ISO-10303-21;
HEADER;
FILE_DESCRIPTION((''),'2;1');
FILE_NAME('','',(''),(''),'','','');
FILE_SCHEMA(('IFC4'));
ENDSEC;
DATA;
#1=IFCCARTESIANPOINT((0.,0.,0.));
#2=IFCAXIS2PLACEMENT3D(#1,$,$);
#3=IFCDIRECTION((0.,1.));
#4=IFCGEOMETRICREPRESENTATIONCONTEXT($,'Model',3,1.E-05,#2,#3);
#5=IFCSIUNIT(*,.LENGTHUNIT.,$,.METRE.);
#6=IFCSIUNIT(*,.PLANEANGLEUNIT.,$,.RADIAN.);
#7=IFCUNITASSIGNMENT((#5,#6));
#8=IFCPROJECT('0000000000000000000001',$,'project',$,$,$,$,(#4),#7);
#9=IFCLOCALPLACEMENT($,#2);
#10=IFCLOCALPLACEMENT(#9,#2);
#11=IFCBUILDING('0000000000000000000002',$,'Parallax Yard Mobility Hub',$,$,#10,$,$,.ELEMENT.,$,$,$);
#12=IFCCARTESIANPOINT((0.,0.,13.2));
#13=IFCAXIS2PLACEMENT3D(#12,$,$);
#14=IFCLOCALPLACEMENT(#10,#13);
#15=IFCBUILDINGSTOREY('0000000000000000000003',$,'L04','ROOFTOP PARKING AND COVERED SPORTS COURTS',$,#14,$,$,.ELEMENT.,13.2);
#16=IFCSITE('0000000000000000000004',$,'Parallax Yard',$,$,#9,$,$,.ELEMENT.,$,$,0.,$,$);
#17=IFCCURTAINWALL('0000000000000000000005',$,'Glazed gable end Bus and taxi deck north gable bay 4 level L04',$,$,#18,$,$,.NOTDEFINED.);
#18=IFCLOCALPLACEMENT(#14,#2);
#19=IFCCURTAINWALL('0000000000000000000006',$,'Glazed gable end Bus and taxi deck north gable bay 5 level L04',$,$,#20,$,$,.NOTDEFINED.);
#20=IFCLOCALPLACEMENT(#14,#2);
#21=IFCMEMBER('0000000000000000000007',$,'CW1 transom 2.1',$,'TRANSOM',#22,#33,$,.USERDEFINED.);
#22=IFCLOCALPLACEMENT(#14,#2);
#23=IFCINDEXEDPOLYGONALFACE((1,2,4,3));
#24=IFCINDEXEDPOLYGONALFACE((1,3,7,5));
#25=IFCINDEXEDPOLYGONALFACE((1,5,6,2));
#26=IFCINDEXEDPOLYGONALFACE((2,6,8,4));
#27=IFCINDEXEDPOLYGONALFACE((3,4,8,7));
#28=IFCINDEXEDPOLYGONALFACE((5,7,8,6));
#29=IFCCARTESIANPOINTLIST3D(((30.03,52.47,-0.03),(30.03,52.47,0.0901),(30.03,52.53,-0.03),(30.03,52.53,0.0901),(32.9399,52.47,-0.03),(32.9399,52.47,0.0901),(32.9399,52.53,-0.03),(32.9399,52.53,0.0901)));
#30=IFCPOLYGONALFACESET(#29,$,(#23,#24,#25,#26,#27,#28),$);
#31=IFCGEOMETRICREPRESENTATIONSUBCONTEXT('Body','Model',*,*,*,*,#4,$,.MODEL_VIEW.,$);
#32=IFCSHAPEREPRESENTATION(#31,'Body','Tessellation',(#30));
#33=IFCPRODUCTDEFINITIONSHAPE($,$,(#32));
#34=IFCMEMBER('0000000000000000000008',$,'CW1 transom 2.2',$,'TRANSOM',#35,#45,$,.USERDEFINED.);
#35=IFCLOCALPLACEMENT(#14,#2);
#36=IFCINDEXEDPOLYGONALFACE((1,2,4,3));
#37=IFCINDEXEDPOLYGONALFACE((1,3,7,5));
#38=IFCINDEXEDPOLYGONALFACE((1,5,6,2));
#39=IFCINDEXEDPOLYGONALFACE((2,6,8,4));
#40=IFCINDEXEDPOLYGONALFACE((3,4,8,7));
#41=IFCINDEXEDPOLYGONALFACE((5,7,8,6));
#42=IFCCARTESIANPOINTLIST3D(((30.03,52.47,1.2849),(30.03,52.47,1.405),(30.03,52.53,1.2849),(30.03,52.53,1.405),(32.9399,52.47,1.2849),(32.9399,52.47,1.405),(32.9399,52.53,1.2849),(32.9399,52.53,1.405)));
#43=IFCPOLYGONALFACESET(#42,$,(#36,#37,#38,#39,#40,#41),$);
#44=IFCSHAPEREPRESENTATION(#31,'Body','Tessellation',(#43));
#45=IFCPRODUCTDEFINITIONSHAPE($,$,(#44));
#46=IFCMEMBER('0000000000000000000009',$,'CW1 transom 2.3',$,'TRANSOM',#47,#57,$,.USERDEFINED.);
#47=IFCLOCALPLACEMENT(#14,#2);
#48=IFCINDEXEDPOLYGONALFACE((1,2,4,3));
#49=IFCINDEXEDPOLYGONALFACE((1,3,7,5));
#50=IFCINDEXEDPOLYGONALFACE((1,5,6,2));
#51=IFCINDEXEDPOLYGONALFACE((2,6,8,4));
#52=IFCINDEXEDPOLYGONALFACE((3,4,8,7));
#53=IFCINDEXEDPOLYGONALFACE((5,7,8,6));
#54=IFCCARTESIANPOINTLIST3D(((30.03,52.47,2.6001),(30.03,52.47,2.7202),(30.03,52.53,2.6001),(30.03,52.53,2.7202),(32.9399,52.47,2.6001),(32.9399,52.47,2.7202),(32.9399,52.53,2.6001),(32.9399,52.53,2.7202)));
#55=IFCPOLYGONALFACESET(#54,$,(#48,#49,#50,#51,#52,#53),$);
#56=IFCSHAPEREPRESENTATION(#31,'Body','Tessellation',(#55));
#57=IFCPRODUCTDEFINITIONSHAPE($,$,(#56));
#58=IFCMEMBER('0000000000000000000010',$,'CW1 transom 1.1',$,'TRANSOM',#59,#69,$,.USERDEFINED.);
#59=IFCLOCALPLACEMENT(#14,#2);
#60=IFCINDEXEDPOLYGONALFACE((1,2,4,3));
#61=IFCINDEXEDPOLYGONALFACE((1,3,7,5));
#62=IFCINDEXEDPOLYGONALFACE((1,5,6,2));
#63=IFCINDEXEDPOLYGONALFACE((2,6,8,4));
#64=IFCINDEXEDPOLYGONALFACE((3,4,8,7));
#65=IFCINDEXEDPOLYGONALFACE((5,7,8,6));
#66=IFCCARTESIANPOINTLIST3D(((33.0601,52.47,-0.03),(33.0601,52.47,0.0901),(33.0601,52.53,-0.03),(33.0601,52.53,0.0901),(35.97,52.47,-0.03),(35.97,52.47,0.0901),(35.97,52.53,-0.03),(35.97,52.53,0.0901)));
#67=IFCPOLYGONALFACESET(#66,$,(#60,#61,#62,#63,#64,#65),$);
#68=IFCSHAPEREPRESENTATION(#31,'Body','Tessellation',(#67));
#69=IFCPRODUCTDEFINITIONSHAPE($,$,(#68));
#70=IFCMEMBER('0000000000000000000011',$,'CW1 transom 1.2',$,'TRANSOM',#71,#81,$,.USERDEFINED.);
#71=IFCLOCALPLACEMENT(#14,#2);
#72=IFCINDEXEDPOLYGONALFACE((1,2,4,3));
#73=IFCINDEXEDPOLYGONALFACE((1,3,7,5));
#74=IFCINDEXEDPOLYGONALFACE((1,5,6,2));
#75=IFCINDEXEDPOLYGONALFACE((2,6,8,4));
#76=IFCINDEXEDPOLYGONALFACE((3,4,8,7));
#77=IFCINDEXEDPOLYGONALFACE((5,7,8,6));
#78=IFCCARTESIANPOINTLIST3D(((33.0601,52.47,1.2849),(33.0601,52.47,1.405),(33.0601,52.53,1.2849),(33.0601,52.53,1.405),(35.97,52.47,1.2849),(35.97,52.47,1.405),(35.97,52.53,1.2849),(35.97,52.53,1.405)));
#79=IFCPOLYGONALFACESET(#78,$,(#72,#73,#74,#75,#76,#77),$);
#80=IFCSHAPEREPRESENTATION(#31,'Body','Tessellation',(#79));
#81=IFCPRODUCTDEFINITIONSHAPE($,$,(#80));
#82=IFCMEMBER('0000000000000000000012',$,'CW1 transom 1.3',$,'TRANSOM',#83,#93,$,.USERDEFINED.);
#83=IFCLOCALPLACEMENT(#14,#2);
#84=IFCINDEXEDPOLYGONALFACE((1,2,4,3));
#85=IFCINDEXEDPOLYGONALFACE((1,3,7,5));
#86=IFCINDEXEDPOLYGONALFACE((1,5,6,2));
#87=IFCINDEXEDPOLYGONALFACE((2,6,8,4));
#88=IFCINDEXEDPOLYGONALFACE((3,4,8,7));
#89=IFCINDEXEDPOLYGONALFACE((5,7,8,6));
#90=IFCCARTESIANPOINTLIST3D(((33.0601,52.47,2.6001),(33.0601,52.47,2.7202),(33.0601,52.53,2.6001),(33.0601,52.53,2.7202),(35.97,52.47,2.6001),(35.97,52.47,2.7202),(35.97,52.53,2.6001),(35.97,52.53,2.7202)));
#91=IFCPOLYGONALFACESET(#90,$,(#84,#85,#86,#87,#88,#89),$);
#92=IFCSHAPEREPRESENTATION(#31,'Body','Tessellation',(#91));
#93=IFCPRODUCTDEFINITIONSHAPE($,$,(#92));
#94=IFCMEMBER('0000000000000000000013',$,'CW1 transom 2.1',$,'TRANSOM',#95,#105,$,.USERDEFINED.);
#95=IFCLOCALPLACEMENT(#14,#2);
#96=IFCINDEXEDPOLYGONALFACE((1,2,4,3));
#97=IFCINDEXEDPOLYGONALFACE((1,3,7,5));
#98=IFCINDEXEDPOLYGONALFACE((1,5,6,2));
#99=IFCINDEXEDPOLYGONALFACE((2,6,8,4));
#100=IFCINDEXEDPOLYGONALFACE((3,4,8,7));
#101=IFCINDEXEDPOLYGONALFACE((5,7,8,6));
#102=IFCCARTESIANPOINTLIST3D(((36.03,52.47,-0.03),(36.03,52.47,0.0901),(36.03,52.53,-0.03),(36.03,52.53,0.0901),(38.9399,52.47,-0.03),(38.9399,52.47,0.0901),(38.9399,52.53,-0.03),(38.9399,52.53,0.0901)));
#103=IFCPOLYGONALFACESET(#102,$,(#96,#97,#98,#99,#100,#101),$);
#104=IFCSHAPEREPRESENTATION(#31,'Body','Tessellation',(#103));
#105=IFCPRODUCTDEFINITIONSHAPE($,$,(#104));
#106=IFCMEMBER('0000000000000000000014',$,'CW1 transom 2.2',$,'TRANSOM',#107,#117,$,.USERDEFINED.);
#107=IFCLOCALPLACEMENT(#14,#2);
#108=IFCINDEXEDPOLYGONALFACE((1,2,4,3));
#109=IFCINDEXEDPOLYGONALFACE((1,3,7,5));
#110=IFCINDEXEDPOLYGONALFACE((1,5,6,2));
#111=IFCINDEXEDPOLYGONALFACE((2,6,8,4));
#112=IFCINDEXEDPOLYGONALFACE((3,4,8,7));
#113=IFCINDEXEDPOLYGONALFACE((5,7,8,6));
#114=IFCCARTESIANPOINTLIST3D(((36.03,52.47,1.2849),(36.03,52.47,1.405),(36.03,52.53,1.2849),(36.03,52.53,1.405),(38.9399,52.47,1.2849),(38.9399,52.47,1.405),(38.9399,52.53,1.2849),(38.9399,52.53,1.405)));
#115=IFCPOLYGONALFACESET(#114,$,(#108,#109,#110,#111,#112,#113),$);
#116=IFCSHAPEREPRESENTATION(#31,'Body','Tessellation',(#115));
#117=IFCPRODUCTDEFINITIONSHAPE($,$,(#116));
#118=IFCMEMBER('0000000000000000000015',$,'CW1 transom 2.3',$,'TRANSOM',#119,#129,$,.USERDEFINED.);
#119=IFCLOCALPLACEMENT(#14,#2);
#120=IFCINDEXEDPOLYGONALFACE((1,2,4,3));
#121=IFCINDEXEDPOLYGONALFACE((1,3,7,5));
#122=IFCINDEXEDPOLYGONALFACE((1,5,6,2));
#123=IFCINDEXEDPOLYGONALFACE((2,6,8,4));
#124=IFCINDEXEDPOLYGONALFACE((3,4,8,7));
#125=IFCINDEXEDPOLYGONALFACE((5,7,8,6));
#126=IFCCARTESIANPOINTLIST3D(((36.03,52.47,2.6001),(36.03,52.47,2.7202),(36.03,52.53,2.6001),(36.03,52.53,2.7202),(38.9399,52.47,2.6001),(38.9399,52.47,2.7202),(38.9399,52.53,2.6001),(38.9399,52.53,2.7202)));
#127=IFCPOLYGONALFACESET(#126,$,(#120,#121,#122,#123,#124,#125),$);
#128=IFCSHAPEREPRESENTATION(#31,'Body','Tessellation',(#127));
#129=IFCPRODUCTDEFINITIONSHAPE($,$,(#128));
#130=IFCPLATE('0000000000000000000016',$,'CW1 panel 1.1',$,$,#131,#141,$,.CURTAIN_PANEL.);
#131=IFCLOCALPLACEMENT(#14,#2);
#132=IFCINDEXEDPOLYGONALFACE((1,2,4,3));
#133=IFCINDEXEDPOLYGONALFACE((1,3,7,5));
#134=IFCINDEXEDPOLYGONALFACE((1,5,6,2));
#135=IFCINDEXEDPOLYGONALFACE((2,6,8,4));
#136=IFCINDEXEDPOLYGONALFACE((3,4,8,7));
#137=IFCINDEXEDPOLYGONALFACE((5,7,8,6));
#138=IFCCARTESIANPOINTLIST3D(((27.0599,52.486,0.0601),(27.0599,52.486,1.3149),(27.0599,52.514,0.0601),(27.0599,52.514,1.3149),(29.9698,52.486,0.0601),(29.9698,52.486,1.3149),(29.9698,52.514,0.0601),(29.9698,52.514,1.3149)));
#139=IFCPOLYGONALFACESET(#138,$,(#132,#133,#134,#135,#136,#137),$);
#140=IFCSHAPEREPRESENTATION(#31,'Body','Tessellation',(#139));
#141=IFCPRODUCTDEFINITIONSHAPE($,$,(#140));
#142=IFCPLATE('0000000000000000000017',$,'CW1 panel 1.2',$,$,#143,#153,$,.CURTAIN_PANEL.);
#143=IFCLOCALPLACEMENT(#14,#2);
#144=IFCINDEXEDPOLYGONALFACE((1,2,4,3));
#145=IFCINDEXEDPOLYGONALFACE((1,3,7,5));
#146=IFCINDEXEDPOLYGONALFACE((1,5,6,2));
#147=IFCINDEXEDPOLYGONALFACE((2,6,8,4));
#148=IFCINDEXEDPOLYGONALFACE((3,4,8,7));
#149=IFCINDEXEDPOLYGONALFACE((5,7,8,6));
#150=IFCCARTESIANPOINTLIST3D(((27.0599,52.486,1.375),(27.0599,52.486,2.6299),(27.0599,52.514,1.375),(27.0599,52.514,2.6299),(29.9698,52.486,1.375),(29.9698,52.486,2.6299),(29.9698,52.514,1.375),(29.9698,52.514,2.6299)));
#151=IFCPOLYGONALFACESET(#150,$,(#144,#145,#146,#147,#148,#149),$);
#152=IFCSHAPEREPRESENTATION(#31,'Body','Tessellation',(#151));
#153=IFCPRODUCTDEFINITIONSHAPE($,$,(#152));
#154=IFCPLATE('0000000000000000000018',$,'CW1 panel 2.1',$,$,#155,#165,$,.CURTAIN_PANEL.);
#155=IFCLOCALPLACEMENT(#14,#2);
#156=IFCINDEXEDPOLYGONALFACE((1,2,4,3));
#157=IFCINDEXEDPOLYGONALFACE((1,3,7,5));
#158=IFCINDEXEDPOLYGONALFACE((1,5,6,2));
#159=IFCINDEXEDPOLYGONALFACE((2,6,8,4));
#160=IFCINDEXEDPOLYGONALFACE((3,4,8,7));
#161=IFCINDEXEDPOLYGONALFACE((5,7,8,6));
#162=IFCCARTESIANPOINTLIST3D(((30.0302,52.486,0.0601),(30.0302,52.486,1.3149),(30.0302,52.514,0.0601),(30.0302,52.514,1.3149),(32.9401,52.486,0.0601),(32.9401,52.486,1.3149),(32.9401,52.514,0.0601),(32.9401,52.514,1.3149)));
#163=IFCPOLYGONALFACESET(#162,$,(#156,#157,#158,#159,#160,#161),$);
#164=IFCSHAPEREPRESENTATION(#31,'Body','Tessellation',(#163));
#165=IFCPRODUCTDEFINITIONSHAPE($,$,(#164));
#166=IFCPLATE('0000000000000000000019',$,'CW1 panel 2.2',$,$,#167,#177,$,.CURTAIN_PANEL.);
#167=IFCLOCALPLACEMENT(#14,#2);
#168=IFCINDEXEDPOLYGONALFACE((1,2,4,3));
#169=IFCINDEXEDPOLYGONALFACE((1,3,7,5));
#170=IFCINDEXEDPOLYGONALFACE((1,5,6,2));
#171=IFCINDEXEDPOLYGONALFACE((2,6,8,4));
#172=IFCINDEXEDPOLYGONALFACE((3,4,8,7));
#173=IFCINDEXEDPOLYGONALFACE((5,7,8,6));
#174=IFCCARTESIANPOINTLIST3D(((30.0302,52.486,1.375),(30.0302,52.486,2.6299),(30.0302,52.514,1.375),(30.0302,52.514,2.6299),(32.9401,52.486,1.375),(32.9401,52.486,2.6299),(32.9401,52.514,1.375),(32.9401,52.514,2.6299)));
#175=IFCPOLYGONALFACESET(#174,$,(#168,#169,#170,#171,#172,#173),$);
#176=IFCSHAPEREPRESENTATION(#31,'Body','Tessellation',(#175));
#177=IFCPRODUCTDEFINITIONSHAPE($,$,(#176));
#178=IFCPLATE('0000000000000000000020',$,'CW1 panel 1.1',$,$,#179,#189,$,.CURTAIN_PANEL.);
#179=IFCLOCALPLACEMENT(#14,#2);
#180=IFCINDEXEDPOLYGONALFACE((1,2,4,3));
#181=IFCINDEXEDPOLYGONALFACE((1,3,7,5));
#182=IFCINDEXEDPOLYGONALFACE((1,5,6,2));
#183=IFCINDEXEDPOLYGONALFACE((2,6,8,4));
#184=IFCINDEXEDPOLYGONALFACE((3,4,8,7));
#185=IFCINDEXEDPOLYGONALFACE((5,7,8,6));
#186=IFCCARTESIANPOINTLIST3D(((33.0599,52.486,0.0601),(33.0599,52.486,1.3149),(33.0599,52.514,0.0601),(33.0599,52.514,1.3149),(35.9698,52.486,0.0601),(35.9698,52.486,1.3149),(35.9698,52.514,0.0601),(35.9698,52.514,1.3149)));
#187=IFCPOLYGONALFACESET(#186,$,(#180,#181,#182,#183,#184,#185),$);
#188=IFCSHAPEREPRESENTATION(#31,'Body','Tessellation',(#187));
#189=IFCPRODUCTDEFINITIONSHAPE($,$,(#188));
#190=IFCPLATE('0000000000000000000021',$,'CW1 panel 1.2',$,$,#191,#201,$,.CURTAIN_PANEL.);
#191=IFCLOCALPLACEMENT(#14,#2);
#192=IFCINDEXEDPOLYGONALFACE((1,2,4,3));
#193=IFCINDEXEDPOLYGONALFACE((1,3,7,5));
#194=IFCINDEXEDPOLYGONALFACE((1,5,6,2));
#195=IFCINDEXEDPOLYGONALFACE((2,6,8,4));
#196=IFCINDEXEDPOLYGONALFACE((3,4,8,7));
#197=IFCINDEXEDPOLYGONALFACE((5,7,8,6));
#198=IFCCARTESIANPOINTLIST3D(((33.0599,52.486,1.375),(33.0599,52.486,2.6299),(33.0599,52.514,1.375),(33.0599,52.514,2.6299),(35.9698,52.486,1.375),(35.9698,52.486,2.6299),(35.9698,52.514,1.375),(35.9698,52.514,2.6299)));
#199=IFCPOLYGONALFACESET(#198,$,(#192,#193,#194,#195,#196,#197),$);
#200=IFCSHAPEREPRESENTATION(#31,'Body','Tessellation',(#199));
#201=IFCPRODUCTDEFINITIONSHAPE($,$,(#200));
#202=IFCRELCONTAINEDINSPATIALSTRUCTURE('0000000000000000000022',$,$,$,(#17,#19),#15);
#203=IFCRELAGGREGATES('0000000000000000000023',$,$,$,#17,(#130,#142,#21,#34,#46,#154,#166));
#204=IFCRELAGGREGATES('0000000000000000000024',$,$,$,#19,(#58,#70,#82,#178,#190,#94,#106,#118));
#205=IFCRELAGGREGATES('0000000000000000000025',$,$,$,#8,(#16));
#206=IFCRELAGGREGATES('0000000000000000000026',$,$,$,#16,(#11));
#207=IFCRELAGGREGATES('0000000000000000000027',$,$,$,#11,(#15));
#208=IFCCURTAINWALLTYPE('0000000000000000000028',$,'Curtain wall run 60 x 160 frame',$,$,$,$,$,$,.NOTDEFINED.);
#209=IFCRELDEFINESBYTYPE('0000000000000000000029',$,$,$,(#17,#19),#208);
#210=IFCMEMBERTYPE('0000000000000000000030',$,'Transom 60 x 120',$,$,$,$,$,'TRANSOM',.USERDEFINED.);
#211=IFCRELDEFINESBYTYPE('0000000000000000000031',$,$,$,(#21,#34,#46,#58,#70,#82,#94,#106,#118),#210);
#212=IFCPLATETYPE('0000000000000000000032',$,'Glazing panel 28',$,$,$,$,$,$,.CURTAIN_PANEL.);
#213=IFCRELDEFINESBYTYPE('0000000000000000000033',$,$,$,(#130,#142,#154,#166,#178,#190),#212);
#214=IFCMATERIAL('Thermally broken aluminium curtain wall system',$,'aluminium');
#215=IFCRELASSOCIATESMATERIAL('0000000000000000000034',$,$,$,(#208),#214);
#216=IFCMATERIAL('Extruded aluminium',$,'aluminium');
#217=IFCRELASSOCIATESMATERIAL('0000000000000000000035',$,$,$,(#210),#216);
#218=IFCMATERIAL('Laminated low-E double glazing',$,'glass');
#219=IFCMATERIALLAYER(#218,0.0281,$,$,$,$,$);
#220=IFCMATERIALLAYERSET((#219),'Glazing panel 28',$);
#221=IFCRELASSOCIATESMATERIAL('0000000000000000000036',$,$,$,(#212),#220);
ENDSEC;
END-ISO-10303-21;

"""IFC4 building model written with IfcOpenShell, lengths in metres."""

from ifc_helpers import new_model, si_unit, direction, frame, origin, origin_2d, place, context, subcontext, project, spatial, rectangle, extrude, material, layer, layer_set, material_profile, profile_set, type_object, element, aggregate, save


model = new_model("IFC4")

# Units and contexts
model_context = context("Model", 3, precision=1e-05, world=origin(), true_north=direction((0.0, 1.0)))
body_context = subcontext(model_context, "Body", "Model", "MODEL_VIEW")
ifc_project = project(units=[si_unit("LENGTHUNIT", "METRE"), si_unit("PLANEANGLEUNIT", "RADIAN")], contexts=[model_context])

# Site, building, storey
site_placement = place(None, origin())
site = spatial("IfcSite", under=ifc_project, at=site_placement, Name="Parallax Yard", CompositionType="ELEMENT", RefElevation=0.0)
building_placement = place(site_placement, origin())
building = spatial("IfcBuilding", under=site, at=building_placement, Name="Parallax Yard Mobility Hub", CompositionType="ELEMENT")
storey_placement = place(building_placement, frame((0.0, 0.0, 13.2)))
storey = spatial("IfcBuildingStorey", under=building, at=storey_placement, Name="L04", Description="ROOFTOP PARKING AND COVERED SPORTS COURTS", CompositionType="ELEMENT", Elevation=13.2)

# Curtain walls
ifc_material_1 = material(Name="Thermally broken aluminium curtain wall system", Category="aluminium")
curtain_wall_type = type_object("IfcCurtainWallType", Name="Curtain wall run 60 x 160 frame", PredefinedType="NOTDEFINED", material=ifc_material_1)
curtain_wall_1_placement = place(storey_placement, origin())
curtain_wall_1 = element("IfcCurtainWall", 1, at=curtain_wall_1_placement, inside=storey, type_object=curtain_wall_type, Name="Glazed gable end Bus and taxi deck north gable bay 4 level L04", PredefinedType="NOTDEFINED")
ifc_material_2 = material(Name="Extruded aluminium", Category="aluminium")
curtain_wall_2_placement = place(storey_placement, origin())
curtain_wall_2 = element("IfcCurtainWall", 2, at=curtain_wall_2_placement, inside=storey, type_object=curtain_wall_type, Name="Glazed gable end Bus and taxi deck north gable bay 5 level L04", PredefinedType="NOTDEFINED")

# Members
ifc_material_profile_1 = material_profile(ifc_material_2, rectangle(XDim=0.0601, YDim=0.1201, at=origin_2d()), Name="Transom 60 x 120")
ifc_profile_set_1 = profile_set([ifc_material_profile_1], Name="Extruded aluminium")
member_type_1 = type_object("IfcMemberType", Name="Transom 60 x 120", ElementType="TRANSOM", PredefinedType="USERDEFINED", material=ifc_profile_set_1)
member_1_placement = place(storey_placement, frame((30.03, 52.5, 0.03), z_axis=(1.0, 0.0, 0.0), x_axis=(0.0, 1.0, 0.0)))
member_1 = element("IfcMember", 3, at=member_1_placement, type_object=member_type_1, Name="CW1 transom 2.1", ObjectType="TRANSOM", PredefinedType="USERDEFINED", context=body_context, shape_type="SweptSolid", body=[
    extrude(rectangle(XDim=0.0601, YDim=0.1201, at=origin_2d()), origin(), (0.0, 0.0, 1.0), 2.9099),
])
member_2_placement = place(storey_placement, frame((30.03, 52.5, 1.345), z_axis=(1.0, 0.0, 0.0), x_axis=(0.0, 1.0, 0.0)))
member_2 = element("IfcMember", 4, at=member_2_placement, type_object=member_type_1, Name="CW1 transom 2.2", ObjectType="TRANSOM", PredefinedType="USERDEFINED", context=body_context, shape_type="SweptSolid", body=[
    extrude(rectangle(XDim=0.0601, YDim=0.1201, at=origin_2d()), origin(), (0.0, 0.0, 1.0), 2.9099),
])
member_3_placement = place(storey_placement, frame((30.03, 52.5, 2.6602), z_axis=(1.0, 0.0, 0.0), x_axis=(0.0, 1.0, 0.0)))
member_3 = element("IfcMember", 5, at=member_3_placement, type_object=member_type_1, Name="CW1 transom 2.3", ObjectType="TRANSOM", PredefinedType="USERDEFINED", context=body_context, shape_type="SweptSolid", body=[
    extrude(rectangle(XDim=0.0601, YDim=0.1201, at=origin_2d()), origin(), (0.0, 0.0, 1.0), 2.9099),
])
member_4_placement = place(storey_placement, frame((33.0601, 52.5, 0.03), z_axis=(1.0, 0.0, 0.0), x_axis=(0.0, 1.0, 0.0)))
member_4 = element("IfcMember", 6, at=member_4_placement, type_object=member_type_1, Name="CW1 transom 1.1", ObjectType="TRANSOM", PredefinedType="USERDEFINED", context=body_context, shape_type="SweptSolid", body=[
    extrude(rectangle(XDim=0.0601, YDim=0.1201, at=origin_2d()), origin(), (0.0, 0.0, 1.0), 2.9099),
])
member_5_placement = place(storey_placement, frame((33.0601, 52.5, 1.345), z_axis=(1.0, 0.0, 0.0), x_axis=(0.0, 1.0, 0.0)))
member_5 = element("IfcMember", 7, at=member_5_placement, type_object=member_type_1, Name="CW1 transom 1.2", ObjectType="TRANSOM", PredefinedType="USERDEFINED", context=body_context, shape_type="SweptSolid", body=[
    extrude(rectangle(XDim=0.0601, YDim=0.1201, at=origin_2d()), origin(), (0.0, 0.0, 1.0), 2.9099),
])
member_6_placement = place(storey_placement, frame((33.0601, 52.5, 2.6602), z_axis=(1.0, 0.0, 0.0), x_axis=(0.0, 1.0, 0.0)))
member_6 = element("IfcMember", 8, at=member_6_placement, type_object=member_type_1, Name="CW1 transom 1.3", ObjectType="TRANSOM", PredefinedType="USERDEFINED", context=body_context, shape_type="SweptSolid", body=[
    extrude(rectangle(XDim=0.0601, YDim=0.1201, at=origin_2d()), origin(), (0.0, 0.0, 1.0), 2.9099),
])
member_7_placement = place(storey_placement, frame((36.03, 52.5, 0.03), z_axis=(1.0, 0.0, 0.0), x_axis=(0.0, 1.0, 0.0)))
member_7 = element("IfcMember", 9, at=member_7_placement, type_object=member_type_1, Name="CW1 transom 2.1", ObjectType="TRANSOM", PredefinedType="USERDEFINED", context=body_context, shape_type="SweptSolid", body=[
    extrude(rectangle(XDim=0.0601, YDim=0.1201, at=origin_2d()), origin(), (0.0, 0.0, 1.0), 2.9099),
])
member_8_placement = place(storey_placement, frame((36.03, 52.5, 1.345), z_axis=(1.0, 0.0, 0.0), x_axis=(0.0, 1.0, 0.0)))
member_8 = element("IfcMember", 10, at=member_8_placement, type_object=member_type_1, Name="CW1 transom 2.2", ObjectType="TRANSOM", PredefinedType="USERDEFINED", context=body_context, shape_type="SweptSolid", body=[
    extrude(rectangle(XDim=0.0601, YDim=0.1201, at=origin_2d()), origin(), (0.0, 0.0, 1.0), 2.9099),
])
member_9_placement = place(storey_placement, frame((36.03, 52.5, 2.6602), z_axis=(1.0, 0.0, 0.0), x_axis=(0.0, 1.0, 0.0)))
member_9 = element("IfcMember", 11, at=member_9_placement, type_object=member_type_1, Name="CW1 transom 2.3", ObjectType="TRANSOM", PredefinedType="USERDEFINED", context=body_context, shape_type="SweptSolid", body=[
    extrude(rectangle(XDim=0.0601, YDim=0.1201, at=origin_2d()), origin(), (0.0, 0.0, 1.0), 2.9099),
])

# Plates
ifc_material_3 = material(Name="Laminated low-E double glazing", Category="glass")
ifc_layer = layer(ifc_material_3, 0.0281)
ifc_layer_set = layer_set([ifc_layer], Name="Glazing panel 28")
plate_type = type_object("IfcPlateType", Name="Glazing panel 28", PredefinedType="CURTAIN_PANEL", material=ifc_layer_set)
plate_1_placement = place(storey_placement, frame((28.5149, 52.5, 0.0601), z_axis=(0.0, 0.0, 1.0), x_axis=(1.0, 0.0, 0.0)))
plate_1 = element("IfcPlate", 12, at=plate_1_placement, type_object=plate_type, Name="CW1 panel 1.1", PredefinedType="CURTAIN_PANEL", context=body_context, shape_type="SweptSolid", body=[
    extrude(rectangle(XDim=2.9099, YDim=0.0281, at=origin_2d()), origin(), (0.0, 0.0, 1.0), 1.2549),
])
plate_2_placement = place(storey_placement, frame((28.5149, 52.5, 1.375), z_axis=(0.0, 0.0, 1.0), x_axis=(1.0, 0.0, 0.0)))
plate_2 = element("IfcPlate", 13, at=plate_2_placement, type_object=plate_type, Name="CW1 panel 1.2", PredefinedType="CURTAIN_PANEL", context=body_context, shape_type="SweptSolid", body=[
    extrude(rectangle(XDim=2.9099, YDim=0.0281, at=origin_2d()), origin(), (0.0, 0.0, 1.0), 1.2549),
])
plate_3_placement = place(storey_placement, frame((31.4851, 52.5, 0.0601), z_axis=(0.0, 0.0, 1.0), x_axis=(1.0, 0.0, 0.0)))
plate_3 = element("IfcPlate", 14, at=plate_3_placement, type_object=plate_type, Name="CW1 panel 2.1", PredefinedType="CURTAIN_PANEL", context=body_context, shape_type="SweptSolid", body=[
    extrude(rectangle(XDim=2.9099, YDim=0.0281, at=origin_2d()), origin(), (0.0, 0.0, 1.0), 1.2549),
])
plate_4_placement = place(storey_placement, frame((31.4851, 52.5, 1.375), z_axis=(0.0, 0.0, 1.0), x_axis=(1.0, 0.0, 0.0)))
plate_4 = element("IfcPlate", 15, at=plate_4_placement, type_object=plate_type, Name="CW1 panel 2.2", PredefinedType="CURTAIN_PANEL", context=body_context, shape_type="SweptSolid", body=[
    extrude(rectangle(XDim=2.9099, YDim=0.0281, at=origin_2d()), origin(), (0.0, 0.0, 1.0), 1.2549),
])
aggregate(curtain_wall_1, [plate_1, plate_2, member_1, member_2, member_3, plate_3, plate_4])
plate_5_placement = place(storey_placement, frame((34.5149, 52.5, 0.0601), z_axis=(0.0, 0.0, 1.0), x_axis=(1.0, 0.0, 0.0)))
plate_5 = element("IfcPlate", 16, at=plate_5_placement, type_object=plate_type, Name="CW1 panel 1.1", PredefinedType="CURTAIN_PANEL", context=body_context, shape_type="SweptSolid", body=[
    extrude(rectangle(XDim=2.9099, YDim=0.0281, at=origin_2d()), origin(), (0.0, 0.0, 1.0), 1.2549),
])
plate_6_placement = place(storey_placement, frame((34.5149, 52.5, 1.375), z_axis=(0.0, 0.0, 1.0), x_axis=(1.0, 0.0, 0.0)))
plate_6 = element("IfcPlate", 17, at=plate_6_placement, type_object=plate_type, Name="CW1 panel 1.2", PredefinedType="CURTAIN_PANEL", context=body_context, shape_type="SweptSolid", body=[
    extrude(rectangle(XDim=2.9099, YDim=0.0281, at=origin_2d()), origin(), (0.0, 0.0, 1.0), 1.2549),
])
aggregate(curtain_wall_2, [member_4, member_5, member_6, plate_5, plate_6, member_7, member_8, member_9])

save(model, "model.ifc")
